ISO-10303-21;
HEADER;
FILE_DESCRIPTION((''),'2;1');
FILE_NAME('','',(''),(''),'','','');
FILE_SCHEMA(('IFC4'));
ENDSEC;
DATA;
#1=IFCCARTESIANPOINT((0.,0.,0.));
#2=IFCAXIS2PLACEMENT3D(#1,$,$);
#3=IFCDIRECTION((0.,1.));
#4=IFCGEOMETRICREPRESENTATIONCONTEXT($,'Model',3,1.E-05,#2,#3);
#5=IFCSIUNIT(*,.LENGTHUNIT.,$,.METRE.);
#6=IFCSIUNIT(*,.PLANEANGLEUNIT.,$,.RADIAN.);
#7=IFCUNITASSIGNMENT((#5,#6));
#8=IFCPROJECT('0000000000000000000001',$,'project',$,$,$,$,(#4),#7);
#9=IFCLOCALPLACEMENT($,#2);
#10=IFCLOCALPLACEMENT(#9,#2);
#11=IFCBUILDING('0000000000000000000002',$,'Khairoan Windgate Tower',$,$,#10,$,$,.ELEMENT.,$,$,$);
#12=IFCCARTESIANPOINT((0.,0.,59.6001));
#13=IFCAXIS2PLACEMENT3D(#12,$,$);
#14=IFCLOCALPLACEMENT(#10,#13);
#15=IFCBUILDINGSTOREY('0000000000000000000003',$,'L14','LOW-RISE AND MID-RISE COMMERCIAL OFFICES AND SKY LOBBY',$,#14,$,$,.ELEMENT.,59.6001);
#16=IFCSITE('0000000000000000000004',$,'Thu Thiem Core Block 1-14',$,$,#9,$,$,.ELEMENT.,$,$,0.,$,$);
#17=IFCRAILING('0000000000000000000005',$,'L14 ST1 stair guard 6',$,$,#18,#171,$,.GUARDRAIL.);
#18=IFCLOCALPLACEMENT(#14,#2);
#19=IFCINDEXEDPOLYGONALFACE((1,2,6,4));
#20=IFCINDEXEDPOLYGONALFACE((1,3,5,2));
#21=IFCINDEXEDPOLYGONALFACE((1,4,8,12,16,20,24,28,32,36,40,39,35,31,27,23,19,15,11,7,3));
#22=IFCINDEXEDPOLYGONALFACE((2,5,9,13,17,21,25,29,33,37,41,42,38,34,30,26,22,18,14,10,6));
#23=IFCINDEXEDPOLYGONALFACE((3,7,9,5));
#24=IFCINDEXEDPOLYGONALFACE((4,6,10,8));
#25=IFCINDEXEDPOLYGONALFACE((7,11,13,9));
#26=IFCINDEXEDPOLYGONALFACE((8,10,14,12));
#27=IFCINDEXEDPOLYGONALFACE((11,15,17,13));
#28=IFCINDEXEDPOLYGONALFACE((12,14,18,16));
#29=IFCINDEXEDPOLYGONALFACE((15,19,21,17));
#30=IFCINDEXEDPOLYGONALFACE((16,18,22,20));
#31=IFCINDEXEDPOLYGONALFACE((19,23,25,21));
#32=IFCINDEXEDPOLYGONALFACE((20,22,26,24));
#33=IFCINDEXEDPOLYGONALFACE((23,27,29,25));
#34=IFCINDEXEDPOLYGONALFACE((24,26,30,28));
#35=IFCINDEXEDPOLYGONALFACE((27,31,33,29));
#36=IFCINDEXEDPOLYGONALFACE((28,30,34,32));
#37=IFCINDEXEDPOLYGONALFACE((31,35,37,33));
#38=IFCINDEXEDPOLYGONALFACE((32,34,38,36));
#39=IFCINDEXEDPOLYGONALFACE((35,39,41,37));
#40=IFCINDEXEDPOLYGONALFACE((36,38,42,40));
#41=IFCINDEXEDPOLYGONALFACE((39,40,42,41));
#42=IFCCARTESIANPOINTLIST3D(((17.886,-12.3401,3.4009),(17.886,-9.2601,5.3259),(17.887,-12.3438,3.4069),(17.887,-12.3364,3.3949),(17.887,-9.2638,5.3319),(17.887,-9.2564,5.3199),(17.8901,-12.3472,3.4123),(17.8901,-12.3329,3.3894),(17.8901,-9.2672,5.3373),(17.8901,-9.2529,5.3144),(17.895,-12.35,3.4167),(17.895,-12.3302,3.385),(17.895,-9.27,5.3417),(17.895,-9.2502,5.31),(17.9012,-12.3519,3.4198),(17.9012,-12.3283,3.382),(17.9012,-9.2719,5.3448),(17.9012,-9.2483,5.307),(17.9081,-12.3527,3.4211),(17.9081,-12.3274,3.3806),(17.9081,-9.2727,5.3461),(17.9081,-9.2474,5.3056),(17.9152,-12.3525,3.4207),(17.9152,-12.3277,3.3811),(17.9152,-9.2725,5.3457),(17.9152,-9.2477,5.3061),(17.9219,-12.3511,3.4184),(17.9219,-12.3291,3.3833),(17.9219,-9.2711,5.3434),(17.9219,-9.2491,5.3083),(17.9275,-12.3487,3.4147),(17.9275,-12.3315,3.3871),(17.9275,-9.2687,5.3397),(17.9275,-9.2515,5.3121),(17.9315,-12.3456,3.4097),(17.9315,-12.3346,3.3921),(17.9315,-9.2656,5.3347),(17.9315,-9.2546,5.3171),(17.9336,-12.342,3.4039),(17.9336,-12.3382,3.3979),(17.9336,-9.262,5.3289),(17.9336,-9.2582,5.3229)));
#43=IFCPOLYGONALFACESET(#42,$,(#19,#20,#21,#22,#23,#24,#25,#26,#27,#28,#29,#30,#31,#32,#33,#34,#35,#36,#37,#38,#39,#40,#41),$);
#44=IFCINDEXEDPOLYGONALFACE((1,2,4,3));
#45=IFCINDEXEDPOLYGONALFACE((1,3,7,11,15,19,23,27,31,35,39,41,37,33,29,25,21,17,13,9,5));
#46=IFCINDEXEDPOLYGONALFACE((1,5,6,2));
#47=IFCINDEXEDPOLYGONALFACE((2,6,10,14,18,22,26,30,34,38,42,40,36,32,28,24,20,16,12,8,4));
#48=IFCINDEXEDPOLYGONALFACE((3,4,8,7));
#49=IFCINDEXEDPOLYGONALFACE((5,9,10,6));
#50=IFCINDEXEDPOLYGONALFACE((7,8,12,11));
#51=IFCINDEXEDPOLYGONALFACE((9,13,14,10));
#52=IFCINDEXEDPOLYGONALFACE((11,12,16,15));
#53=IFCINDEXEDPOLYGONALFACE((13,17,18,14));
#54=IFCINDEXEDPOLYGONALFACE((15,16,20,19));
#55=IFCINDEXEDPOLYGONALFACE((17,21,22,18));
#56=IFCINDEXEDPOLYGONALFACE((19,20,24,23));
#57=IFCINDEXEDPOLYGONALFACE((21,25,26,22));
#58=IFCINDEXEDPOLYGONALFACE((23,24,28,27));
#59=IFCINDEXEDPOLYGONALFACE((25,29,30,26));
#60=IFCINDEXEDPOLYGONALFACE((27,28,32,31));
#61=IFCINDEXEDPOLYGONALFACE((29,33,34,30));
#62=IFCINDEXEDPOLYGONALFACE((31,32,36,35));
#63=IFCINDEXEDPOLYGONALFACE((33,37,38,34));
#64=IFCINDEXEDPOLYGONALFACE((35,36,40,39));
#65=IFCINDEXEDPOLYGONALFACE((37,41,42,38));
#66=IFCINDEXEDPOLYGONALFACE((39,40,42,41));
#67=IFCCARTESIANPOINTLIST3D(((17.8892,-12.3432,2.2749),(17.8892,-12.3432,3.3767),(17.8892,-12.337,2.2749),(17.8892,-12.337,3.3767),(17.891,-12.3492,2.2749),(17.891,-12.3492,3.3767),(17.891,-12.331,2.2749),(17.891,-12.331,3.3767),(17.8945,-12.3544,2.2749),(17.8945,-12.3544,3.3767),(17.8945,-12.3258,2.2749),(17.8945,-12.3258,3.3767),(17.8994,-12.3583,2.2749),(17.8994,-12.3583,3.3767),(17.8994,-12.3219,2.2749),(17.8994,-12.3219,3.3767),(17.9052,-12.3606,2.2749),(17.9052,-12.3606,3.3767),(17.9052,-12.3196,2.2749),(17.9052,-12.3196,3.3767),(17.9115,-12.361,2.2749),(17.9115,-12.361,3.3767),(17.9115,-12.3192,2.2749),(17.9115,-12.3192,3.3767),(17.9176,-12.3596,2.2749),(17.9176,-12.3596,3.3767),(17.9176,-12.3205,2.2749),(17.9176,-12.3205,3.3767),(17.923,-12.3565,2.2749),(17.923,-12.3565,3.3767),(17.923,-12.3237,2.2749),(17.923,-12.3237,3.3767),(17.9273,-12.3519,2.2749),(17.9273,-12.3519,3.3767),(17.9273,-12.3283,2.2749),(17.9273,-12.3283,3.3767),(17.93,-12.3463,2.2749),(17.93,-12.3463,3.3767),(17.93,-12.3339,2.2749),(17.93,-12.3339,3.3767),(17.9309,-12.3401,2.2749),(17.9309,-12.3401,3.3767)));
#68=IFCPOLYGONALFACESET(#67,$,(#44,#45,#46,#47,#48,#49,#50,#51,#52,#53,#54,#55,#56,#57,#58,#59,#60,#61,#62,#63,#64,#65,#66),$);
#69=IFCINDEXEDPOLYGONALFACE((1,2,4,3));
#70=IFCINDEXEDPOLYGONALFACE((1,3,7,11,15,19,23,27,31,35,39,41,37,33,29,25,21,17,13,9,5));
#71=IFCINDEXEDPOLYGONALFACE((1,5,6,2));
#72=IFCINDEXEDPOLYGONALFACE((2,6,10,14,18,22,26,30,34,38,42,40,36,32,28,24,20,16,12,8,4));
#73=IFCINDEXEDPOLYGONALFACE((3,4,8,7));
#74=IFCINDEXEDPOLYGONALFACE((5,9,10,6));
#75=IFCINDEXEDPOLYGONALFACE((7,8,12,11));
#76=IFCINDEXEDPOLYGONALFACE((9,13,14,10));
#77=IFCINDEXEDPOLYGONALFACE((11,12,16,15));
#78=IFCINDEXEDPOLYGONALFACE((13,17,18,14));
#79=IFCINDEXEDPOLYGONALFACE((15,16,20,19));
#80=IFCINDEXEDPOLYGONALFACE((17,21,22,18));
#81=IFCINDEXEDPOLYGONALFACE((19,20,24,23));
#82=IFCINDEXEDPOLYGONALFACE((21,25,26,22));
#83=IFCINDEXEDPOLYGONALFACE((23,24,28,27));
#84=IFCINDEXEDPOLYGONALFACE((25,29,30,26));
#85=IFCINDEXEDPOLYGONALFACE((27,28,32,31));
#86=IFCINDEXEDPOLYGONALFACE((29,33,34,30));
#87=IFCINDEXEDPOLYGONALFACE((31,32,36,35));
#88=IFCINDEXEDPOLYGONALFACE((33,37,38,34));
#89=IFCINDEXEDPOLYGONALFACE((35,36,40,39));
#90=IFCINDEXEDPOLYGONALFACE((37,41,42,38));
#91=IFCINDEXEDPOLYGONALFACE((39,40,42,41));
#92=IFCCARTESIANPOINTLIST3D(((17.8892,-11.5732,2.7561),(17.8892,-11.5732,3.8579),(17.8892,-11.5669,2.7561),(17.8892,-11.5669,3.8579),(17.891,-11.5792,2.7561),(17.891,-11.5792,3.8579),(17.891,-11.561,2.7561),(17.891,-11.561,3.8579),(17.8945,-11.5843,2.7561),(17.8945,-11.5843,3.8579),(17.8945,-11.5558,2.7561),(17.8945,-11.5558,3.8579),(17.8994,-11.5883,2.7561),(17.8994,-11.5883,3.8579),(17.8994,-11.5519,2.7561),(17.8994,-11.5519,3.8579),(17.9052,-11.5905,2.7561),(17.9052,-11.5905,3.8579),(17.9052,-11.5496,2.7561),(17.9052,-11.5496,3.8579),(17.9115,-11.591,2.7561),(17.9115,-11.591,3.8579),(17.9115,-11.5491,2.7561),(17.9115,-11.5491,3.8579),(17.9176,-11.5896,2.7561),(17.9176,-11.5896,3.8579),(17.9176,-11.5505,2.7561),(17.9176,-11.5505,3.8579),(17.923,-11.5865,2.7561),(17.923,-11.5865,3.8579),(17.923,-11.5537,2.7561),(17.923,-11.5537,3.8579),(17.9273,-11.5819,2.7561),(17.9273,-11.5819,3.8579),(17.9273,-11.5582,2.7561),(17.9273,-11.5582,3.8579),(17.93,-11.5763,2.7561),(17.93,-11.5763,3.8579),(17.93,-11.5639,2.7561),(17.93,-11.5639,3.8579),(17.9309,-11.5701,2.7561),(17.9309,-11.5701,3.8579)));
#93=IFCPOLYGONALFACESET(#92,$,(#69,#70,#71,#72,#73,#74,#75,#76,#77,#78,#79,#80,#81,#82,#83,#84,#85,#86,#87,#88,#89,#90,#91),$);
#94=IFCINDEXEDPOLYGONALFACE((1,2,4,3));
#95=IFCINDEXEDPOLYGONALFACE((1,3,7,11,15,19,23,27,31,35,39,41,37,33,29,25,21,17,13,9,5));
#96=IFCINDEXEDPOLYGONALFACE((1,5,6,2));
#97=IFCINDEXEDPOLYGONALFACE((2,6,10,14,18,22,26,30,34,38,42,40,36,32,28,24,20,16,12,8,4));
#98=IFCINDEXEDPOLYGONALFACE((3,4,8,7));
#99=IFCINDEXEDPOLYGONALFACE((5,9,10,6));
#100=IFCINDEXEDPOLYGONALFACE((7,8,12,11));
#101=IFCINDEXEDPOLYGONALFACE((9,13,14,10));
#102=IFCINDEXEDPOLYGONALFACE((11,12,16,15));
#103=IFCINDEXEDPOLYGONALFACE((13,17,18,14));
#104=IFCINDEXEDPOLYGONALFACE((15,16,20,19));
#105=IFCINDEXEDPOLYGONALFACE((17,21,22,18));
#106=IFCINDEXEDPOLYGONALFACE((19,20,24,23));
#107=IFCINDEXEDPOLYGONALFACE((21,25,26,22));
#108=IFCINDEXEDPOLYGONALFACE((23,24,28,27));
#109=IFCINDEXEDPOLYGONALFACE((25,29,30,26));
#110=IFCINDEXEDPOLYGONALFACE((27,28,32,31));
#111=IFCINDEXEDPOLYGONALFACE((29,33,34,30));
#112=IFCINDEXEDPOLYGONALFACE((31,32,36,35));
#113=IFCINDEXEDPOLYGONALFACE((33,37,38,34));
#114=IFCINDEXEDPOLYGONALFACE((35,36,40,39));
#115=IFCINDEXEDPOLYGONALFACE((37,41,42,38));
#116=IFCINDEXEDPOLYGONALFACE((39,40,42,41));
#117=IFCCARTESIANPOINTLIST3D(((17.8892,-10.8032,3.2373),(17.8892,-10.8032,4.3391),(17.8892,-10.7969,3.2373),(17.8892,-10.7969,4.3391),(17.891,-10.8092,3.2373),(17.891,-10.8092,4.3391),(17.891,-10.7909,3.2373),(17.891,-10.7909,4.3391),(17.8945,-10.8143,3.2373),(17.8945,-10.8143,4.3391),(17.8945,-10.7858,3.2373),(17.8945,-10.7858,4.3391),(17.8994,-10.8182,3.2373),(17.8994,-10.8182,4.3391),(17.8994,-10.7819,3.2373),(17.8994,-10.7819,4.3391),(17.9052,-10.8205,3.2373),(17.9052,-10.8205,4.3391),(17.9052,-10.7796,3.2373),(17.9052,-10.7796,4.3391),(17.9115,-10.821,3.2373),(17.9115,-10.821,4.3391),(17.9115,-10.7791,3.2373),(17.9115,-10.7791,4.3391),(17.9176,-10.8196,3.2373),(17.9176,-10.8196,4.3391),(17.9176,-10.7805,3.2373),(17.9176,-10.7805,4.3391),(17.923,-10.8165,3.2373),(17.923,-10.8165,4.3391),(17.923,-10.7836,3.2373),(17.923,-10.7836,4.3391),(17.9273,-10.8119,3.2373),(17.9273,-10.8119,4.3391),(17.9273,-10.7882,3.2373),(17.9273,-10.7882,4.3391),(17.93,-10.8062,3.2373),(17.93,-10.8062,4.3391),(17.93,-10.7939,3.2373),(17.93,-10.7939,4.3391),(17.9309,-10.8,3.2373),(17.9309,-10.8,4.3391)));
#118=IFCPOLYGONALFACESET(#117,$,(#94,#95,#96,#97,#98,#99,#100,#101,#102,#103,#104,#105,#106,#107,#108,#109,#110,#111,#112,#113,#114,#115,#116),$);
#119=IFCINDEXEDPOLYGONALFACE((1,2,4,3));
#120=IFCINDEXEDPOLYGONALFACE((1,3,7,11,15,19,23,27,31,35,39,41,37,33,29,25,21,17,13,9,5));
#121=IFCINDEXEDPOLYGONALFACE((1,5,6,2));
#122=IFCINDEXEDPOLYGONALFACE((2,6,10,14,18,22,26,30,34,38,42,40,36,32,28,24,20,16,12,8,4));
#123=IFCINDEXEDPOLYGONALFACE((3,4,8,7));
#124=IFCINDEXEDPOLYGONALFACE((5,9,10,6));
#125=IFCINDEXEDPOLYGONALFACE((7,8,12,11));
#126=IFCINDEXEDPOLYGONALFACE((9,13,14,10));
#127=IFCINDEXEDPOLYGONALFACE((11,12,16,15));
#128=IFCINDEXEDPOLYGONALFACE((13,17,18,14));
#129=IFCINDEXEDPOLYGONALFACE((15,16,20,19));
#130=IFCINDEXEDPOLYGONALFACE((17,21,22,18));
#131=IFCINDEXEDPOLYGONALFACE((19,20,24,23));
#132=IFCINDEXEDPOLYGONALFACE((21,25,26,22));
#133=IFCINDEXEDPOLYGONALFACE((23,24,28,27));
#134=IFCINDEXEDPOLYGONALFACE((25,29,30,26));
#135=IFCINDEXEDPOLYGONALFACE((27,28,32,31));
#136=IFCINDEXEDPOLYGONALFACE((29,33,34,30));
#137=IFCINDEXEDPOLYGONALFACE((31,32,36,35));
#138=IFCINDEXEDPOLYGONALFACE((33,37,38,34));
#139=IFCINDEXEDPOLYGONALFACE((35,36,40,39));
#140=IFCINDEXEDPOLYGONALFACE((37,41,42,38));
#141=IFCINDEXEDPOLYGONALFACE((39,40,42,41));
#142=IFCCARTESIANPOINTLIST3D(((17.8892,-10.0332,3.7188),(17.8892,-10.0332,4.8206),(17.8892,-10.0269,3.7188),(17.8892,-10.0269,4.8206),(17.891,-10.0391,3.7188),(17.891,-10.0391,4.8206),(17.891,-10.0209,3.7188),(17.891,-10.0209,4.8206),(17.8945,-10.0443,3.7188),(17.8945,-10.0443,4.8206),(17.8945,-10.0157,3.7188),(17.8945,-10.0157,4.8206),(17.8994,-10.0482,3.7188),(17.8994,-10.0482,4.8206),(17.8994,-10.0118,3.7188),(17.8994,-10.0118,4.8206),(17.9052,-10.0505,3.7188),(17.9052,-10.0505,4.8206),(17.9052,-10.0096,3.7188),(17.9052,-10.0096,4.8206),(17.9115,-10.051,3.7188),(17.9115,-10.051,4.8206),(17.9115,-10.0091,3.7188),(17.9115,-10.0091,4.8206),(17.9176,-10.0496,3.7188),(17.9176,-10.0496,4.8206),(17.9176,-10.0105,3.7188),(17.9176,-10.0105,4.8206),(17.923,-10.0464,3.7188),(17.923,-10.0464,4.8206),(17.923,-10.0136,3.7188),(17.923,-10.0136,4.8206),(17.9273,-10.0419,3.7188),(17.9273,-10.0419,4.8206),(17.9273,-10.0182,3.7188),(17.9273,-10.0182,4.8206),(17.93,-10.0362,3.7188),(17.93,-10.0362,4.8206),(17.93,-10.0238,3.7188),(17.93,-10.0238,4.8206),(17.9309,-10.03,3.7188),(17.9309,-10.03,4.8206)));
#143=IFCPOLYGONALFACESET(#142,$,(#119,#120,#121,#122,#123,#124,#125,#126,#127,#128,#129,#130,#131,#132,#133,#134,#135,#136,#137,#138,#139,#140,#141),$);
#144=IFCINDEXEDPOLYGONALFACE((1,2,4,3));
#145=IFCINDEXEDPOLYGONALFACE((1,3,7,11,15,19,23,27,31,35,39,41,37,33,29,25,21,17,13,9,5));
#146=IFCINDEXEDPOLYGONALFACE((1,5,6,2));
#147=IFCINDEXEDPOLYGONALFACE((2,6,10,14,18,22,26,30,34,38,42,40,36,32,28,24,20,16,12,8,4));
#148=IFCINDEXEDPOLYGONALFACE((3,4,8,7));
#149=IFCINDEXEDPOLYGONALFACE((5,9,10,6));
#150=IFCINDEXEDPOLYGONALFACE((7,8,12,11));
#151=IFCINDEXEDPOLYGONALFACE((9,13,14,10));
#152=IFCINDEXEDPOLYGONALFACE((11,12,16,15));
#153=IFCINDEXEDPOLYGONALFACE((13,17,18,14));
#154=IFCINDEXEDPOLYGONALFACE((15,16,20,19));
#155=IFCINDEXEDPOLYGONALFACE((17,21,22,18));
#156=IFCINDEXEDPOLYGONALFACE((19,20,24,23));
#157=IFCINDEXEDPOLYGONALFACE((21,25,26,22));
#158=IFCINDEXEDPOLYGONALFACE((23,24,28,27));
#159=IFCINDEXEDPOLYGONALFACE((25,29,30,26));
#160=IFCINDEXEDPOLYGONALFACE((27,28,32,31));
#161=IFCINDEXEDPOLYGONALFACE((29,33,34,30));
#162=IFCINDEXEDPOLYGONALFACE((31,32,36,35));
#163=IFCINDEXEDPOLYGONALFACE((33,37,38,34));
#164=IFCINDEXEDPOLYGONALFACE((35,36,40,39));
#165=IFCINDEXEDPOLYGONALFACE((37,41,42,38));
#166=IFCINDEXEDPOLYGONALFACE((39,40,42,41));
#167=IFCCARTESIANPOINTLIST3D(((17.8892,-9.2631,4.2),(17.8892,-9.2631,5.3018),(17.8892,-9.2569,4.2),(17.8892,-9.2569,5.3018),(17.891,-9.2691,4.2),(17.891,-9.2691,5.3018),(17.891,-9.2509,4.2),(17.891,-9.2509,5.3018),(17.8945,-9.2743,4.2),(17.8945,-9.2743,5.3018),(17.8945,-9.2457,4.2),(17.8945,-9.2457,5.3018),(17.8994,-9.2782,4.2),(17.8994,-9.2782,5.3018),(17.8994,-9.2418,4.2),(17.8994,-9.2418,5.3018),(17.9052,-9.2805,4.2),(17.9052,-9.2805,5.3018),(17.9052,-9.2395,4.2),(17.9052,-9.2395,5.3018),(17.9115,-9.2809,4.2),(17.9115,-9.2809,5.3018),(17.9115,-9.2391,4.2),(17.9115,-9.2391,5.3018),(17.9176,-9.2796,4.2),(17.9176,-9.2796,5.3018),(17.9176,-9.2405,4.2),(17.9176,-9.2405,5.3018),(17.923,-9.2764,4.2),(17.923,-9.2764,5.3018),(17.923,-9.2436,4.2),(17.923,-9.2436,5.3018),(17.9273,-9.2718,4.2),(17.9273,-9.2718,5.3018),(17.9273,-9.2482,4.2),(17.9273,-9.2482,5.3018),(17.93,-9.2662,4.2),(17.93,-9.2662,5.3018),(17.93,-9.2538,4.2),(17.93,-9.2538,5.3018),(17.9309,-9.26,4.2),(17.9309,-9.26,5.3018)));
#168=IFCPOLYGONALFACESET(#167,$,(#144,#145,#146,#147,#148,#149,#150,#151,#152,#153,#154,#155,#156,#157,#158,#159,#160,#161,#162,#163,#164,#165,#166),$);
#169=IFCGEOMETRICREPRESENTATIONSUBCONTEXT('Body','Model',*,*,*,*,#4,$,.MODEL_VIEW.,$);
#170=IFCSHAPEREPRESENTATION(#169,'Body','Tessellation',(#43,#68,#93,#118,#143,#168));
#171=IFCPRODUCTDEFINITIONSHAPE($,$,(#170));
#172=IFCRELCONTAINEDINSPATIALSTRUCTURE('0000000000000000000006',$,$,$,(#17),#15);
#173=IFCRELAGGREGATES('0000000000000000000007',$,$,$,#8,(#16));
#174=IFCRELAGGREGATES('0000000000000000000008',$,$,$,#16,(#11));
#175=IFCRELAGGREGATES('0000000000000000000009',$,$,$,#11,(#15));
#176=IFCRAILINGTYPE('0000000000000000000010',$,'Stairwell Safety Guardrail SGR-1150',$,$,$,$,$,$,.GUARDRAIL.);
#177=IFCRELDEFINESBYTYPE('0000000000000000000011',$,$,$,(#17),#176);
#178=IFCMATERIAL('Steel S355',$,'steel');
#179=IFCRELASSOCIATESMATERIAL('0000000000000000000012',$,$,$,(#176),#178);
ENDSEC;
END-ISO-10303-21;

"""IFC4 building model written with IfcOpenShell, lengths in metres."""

from ifc_helpers import new_model, si_unit, direction, frame, origin, origin_2d, place, context, subcontext, project, spatial, circle, extrude, material, type_object, element, save


model = new_model("IFC4")

# Units and contexts
model_context = context("Model", 3, precision=1e-05, world=origin(), true_north=direction((0.0, 1.0)))
body_context = subcontext(model_context, "Body", "Model", "MODEL_VIEW")
ifc_project = project(units=[si_unit("LENGTHUNIT", "METRE"), si_unit("PLANEANGLEUNIT", "RADIAN")], contexts=[model_context])

# Site, building, storey
site_placement = place(None, origin())
site = spatial("IfcSite", under=ifc_project, at=site_placement, Name="Thu Thiem Core Block 1-14", CompositionType="ELEMENT", RefElevation=0.0)
building_placement = place(site_placement, origin())
building = spatial("IfcBuilding", under=site, at=building_placement, Name="Khairoan Windgate Tower", CompositionType="ELEMENT")
storey_placement = place(building_placement, frame((0.0, 0.0, 59.6001)))
storey = spatial("IfcBuildingStorey", under=building, at=storey_placement, Name="L14", Description="LOW-RISE AND MID-RISE COMMERCIAL OFFICES AND SKY LOBBY", CompositionType="ELEMENT", Elevation=59.6001)

# Railing
ifc_material_1 = material(Name="Steel S355", Category="steel")
railing_type = type_object("IfcRailingType", Name="Stairwell Safety Guardrail SGR-1150", PredefinedType="GUARDRAIL", material=ifc_material_1)
railing_1_placement = place(storey_placement, frame((17.9099, -12.3401, 2.2749)))
element("IfcRailing", 1, at=railing_1_placement, inside=storey, type_object=railing_type, Name="L14 ST1 stair guard 6", PredefinedType="GUARDRAIL", context=body_context, shape_type="SweptSolid", body=[
    extrude(circle(Radius=0.0239, at=origin_2d()), frame((0.0, 0.0, 1.126), z_axis=(0.0, 0.847998, 0.529999), x_axis=(-1.0, 0.0, 0.0)), (0.0, 0.0, 1.0), 3.6321),
    extrude(circle(Radius=0.021, at=origin_2d()), origin(), (0.0, 0.0, 1.0), 1.1018),
    extrude(circle(Radius=0.021, at=origin_2d()), frame((0.0, 0.77, 0.4812)), (0.0, 0.0, 1.0), 1.1018),
    extrude(circle(Radius=0.021, at=origin_2d()), frame((0.0, 1.54, 0.9624)), (0.0, 0.0, 1.0), 1.1018),
    extrude(circle(Radius=0.021, at=origin_2d()), frame((0.0, 2.3101, 1.4438)), (0.0, 0.0, 1.0), 1.1018),
    extrude(circle(Radius=0.021, at=origin_2d()), frame((0.0, 3.0801, 1.925)), (0.0, 0.0, 1.0), 1.1018),
])

save(model, "model.ifc")
